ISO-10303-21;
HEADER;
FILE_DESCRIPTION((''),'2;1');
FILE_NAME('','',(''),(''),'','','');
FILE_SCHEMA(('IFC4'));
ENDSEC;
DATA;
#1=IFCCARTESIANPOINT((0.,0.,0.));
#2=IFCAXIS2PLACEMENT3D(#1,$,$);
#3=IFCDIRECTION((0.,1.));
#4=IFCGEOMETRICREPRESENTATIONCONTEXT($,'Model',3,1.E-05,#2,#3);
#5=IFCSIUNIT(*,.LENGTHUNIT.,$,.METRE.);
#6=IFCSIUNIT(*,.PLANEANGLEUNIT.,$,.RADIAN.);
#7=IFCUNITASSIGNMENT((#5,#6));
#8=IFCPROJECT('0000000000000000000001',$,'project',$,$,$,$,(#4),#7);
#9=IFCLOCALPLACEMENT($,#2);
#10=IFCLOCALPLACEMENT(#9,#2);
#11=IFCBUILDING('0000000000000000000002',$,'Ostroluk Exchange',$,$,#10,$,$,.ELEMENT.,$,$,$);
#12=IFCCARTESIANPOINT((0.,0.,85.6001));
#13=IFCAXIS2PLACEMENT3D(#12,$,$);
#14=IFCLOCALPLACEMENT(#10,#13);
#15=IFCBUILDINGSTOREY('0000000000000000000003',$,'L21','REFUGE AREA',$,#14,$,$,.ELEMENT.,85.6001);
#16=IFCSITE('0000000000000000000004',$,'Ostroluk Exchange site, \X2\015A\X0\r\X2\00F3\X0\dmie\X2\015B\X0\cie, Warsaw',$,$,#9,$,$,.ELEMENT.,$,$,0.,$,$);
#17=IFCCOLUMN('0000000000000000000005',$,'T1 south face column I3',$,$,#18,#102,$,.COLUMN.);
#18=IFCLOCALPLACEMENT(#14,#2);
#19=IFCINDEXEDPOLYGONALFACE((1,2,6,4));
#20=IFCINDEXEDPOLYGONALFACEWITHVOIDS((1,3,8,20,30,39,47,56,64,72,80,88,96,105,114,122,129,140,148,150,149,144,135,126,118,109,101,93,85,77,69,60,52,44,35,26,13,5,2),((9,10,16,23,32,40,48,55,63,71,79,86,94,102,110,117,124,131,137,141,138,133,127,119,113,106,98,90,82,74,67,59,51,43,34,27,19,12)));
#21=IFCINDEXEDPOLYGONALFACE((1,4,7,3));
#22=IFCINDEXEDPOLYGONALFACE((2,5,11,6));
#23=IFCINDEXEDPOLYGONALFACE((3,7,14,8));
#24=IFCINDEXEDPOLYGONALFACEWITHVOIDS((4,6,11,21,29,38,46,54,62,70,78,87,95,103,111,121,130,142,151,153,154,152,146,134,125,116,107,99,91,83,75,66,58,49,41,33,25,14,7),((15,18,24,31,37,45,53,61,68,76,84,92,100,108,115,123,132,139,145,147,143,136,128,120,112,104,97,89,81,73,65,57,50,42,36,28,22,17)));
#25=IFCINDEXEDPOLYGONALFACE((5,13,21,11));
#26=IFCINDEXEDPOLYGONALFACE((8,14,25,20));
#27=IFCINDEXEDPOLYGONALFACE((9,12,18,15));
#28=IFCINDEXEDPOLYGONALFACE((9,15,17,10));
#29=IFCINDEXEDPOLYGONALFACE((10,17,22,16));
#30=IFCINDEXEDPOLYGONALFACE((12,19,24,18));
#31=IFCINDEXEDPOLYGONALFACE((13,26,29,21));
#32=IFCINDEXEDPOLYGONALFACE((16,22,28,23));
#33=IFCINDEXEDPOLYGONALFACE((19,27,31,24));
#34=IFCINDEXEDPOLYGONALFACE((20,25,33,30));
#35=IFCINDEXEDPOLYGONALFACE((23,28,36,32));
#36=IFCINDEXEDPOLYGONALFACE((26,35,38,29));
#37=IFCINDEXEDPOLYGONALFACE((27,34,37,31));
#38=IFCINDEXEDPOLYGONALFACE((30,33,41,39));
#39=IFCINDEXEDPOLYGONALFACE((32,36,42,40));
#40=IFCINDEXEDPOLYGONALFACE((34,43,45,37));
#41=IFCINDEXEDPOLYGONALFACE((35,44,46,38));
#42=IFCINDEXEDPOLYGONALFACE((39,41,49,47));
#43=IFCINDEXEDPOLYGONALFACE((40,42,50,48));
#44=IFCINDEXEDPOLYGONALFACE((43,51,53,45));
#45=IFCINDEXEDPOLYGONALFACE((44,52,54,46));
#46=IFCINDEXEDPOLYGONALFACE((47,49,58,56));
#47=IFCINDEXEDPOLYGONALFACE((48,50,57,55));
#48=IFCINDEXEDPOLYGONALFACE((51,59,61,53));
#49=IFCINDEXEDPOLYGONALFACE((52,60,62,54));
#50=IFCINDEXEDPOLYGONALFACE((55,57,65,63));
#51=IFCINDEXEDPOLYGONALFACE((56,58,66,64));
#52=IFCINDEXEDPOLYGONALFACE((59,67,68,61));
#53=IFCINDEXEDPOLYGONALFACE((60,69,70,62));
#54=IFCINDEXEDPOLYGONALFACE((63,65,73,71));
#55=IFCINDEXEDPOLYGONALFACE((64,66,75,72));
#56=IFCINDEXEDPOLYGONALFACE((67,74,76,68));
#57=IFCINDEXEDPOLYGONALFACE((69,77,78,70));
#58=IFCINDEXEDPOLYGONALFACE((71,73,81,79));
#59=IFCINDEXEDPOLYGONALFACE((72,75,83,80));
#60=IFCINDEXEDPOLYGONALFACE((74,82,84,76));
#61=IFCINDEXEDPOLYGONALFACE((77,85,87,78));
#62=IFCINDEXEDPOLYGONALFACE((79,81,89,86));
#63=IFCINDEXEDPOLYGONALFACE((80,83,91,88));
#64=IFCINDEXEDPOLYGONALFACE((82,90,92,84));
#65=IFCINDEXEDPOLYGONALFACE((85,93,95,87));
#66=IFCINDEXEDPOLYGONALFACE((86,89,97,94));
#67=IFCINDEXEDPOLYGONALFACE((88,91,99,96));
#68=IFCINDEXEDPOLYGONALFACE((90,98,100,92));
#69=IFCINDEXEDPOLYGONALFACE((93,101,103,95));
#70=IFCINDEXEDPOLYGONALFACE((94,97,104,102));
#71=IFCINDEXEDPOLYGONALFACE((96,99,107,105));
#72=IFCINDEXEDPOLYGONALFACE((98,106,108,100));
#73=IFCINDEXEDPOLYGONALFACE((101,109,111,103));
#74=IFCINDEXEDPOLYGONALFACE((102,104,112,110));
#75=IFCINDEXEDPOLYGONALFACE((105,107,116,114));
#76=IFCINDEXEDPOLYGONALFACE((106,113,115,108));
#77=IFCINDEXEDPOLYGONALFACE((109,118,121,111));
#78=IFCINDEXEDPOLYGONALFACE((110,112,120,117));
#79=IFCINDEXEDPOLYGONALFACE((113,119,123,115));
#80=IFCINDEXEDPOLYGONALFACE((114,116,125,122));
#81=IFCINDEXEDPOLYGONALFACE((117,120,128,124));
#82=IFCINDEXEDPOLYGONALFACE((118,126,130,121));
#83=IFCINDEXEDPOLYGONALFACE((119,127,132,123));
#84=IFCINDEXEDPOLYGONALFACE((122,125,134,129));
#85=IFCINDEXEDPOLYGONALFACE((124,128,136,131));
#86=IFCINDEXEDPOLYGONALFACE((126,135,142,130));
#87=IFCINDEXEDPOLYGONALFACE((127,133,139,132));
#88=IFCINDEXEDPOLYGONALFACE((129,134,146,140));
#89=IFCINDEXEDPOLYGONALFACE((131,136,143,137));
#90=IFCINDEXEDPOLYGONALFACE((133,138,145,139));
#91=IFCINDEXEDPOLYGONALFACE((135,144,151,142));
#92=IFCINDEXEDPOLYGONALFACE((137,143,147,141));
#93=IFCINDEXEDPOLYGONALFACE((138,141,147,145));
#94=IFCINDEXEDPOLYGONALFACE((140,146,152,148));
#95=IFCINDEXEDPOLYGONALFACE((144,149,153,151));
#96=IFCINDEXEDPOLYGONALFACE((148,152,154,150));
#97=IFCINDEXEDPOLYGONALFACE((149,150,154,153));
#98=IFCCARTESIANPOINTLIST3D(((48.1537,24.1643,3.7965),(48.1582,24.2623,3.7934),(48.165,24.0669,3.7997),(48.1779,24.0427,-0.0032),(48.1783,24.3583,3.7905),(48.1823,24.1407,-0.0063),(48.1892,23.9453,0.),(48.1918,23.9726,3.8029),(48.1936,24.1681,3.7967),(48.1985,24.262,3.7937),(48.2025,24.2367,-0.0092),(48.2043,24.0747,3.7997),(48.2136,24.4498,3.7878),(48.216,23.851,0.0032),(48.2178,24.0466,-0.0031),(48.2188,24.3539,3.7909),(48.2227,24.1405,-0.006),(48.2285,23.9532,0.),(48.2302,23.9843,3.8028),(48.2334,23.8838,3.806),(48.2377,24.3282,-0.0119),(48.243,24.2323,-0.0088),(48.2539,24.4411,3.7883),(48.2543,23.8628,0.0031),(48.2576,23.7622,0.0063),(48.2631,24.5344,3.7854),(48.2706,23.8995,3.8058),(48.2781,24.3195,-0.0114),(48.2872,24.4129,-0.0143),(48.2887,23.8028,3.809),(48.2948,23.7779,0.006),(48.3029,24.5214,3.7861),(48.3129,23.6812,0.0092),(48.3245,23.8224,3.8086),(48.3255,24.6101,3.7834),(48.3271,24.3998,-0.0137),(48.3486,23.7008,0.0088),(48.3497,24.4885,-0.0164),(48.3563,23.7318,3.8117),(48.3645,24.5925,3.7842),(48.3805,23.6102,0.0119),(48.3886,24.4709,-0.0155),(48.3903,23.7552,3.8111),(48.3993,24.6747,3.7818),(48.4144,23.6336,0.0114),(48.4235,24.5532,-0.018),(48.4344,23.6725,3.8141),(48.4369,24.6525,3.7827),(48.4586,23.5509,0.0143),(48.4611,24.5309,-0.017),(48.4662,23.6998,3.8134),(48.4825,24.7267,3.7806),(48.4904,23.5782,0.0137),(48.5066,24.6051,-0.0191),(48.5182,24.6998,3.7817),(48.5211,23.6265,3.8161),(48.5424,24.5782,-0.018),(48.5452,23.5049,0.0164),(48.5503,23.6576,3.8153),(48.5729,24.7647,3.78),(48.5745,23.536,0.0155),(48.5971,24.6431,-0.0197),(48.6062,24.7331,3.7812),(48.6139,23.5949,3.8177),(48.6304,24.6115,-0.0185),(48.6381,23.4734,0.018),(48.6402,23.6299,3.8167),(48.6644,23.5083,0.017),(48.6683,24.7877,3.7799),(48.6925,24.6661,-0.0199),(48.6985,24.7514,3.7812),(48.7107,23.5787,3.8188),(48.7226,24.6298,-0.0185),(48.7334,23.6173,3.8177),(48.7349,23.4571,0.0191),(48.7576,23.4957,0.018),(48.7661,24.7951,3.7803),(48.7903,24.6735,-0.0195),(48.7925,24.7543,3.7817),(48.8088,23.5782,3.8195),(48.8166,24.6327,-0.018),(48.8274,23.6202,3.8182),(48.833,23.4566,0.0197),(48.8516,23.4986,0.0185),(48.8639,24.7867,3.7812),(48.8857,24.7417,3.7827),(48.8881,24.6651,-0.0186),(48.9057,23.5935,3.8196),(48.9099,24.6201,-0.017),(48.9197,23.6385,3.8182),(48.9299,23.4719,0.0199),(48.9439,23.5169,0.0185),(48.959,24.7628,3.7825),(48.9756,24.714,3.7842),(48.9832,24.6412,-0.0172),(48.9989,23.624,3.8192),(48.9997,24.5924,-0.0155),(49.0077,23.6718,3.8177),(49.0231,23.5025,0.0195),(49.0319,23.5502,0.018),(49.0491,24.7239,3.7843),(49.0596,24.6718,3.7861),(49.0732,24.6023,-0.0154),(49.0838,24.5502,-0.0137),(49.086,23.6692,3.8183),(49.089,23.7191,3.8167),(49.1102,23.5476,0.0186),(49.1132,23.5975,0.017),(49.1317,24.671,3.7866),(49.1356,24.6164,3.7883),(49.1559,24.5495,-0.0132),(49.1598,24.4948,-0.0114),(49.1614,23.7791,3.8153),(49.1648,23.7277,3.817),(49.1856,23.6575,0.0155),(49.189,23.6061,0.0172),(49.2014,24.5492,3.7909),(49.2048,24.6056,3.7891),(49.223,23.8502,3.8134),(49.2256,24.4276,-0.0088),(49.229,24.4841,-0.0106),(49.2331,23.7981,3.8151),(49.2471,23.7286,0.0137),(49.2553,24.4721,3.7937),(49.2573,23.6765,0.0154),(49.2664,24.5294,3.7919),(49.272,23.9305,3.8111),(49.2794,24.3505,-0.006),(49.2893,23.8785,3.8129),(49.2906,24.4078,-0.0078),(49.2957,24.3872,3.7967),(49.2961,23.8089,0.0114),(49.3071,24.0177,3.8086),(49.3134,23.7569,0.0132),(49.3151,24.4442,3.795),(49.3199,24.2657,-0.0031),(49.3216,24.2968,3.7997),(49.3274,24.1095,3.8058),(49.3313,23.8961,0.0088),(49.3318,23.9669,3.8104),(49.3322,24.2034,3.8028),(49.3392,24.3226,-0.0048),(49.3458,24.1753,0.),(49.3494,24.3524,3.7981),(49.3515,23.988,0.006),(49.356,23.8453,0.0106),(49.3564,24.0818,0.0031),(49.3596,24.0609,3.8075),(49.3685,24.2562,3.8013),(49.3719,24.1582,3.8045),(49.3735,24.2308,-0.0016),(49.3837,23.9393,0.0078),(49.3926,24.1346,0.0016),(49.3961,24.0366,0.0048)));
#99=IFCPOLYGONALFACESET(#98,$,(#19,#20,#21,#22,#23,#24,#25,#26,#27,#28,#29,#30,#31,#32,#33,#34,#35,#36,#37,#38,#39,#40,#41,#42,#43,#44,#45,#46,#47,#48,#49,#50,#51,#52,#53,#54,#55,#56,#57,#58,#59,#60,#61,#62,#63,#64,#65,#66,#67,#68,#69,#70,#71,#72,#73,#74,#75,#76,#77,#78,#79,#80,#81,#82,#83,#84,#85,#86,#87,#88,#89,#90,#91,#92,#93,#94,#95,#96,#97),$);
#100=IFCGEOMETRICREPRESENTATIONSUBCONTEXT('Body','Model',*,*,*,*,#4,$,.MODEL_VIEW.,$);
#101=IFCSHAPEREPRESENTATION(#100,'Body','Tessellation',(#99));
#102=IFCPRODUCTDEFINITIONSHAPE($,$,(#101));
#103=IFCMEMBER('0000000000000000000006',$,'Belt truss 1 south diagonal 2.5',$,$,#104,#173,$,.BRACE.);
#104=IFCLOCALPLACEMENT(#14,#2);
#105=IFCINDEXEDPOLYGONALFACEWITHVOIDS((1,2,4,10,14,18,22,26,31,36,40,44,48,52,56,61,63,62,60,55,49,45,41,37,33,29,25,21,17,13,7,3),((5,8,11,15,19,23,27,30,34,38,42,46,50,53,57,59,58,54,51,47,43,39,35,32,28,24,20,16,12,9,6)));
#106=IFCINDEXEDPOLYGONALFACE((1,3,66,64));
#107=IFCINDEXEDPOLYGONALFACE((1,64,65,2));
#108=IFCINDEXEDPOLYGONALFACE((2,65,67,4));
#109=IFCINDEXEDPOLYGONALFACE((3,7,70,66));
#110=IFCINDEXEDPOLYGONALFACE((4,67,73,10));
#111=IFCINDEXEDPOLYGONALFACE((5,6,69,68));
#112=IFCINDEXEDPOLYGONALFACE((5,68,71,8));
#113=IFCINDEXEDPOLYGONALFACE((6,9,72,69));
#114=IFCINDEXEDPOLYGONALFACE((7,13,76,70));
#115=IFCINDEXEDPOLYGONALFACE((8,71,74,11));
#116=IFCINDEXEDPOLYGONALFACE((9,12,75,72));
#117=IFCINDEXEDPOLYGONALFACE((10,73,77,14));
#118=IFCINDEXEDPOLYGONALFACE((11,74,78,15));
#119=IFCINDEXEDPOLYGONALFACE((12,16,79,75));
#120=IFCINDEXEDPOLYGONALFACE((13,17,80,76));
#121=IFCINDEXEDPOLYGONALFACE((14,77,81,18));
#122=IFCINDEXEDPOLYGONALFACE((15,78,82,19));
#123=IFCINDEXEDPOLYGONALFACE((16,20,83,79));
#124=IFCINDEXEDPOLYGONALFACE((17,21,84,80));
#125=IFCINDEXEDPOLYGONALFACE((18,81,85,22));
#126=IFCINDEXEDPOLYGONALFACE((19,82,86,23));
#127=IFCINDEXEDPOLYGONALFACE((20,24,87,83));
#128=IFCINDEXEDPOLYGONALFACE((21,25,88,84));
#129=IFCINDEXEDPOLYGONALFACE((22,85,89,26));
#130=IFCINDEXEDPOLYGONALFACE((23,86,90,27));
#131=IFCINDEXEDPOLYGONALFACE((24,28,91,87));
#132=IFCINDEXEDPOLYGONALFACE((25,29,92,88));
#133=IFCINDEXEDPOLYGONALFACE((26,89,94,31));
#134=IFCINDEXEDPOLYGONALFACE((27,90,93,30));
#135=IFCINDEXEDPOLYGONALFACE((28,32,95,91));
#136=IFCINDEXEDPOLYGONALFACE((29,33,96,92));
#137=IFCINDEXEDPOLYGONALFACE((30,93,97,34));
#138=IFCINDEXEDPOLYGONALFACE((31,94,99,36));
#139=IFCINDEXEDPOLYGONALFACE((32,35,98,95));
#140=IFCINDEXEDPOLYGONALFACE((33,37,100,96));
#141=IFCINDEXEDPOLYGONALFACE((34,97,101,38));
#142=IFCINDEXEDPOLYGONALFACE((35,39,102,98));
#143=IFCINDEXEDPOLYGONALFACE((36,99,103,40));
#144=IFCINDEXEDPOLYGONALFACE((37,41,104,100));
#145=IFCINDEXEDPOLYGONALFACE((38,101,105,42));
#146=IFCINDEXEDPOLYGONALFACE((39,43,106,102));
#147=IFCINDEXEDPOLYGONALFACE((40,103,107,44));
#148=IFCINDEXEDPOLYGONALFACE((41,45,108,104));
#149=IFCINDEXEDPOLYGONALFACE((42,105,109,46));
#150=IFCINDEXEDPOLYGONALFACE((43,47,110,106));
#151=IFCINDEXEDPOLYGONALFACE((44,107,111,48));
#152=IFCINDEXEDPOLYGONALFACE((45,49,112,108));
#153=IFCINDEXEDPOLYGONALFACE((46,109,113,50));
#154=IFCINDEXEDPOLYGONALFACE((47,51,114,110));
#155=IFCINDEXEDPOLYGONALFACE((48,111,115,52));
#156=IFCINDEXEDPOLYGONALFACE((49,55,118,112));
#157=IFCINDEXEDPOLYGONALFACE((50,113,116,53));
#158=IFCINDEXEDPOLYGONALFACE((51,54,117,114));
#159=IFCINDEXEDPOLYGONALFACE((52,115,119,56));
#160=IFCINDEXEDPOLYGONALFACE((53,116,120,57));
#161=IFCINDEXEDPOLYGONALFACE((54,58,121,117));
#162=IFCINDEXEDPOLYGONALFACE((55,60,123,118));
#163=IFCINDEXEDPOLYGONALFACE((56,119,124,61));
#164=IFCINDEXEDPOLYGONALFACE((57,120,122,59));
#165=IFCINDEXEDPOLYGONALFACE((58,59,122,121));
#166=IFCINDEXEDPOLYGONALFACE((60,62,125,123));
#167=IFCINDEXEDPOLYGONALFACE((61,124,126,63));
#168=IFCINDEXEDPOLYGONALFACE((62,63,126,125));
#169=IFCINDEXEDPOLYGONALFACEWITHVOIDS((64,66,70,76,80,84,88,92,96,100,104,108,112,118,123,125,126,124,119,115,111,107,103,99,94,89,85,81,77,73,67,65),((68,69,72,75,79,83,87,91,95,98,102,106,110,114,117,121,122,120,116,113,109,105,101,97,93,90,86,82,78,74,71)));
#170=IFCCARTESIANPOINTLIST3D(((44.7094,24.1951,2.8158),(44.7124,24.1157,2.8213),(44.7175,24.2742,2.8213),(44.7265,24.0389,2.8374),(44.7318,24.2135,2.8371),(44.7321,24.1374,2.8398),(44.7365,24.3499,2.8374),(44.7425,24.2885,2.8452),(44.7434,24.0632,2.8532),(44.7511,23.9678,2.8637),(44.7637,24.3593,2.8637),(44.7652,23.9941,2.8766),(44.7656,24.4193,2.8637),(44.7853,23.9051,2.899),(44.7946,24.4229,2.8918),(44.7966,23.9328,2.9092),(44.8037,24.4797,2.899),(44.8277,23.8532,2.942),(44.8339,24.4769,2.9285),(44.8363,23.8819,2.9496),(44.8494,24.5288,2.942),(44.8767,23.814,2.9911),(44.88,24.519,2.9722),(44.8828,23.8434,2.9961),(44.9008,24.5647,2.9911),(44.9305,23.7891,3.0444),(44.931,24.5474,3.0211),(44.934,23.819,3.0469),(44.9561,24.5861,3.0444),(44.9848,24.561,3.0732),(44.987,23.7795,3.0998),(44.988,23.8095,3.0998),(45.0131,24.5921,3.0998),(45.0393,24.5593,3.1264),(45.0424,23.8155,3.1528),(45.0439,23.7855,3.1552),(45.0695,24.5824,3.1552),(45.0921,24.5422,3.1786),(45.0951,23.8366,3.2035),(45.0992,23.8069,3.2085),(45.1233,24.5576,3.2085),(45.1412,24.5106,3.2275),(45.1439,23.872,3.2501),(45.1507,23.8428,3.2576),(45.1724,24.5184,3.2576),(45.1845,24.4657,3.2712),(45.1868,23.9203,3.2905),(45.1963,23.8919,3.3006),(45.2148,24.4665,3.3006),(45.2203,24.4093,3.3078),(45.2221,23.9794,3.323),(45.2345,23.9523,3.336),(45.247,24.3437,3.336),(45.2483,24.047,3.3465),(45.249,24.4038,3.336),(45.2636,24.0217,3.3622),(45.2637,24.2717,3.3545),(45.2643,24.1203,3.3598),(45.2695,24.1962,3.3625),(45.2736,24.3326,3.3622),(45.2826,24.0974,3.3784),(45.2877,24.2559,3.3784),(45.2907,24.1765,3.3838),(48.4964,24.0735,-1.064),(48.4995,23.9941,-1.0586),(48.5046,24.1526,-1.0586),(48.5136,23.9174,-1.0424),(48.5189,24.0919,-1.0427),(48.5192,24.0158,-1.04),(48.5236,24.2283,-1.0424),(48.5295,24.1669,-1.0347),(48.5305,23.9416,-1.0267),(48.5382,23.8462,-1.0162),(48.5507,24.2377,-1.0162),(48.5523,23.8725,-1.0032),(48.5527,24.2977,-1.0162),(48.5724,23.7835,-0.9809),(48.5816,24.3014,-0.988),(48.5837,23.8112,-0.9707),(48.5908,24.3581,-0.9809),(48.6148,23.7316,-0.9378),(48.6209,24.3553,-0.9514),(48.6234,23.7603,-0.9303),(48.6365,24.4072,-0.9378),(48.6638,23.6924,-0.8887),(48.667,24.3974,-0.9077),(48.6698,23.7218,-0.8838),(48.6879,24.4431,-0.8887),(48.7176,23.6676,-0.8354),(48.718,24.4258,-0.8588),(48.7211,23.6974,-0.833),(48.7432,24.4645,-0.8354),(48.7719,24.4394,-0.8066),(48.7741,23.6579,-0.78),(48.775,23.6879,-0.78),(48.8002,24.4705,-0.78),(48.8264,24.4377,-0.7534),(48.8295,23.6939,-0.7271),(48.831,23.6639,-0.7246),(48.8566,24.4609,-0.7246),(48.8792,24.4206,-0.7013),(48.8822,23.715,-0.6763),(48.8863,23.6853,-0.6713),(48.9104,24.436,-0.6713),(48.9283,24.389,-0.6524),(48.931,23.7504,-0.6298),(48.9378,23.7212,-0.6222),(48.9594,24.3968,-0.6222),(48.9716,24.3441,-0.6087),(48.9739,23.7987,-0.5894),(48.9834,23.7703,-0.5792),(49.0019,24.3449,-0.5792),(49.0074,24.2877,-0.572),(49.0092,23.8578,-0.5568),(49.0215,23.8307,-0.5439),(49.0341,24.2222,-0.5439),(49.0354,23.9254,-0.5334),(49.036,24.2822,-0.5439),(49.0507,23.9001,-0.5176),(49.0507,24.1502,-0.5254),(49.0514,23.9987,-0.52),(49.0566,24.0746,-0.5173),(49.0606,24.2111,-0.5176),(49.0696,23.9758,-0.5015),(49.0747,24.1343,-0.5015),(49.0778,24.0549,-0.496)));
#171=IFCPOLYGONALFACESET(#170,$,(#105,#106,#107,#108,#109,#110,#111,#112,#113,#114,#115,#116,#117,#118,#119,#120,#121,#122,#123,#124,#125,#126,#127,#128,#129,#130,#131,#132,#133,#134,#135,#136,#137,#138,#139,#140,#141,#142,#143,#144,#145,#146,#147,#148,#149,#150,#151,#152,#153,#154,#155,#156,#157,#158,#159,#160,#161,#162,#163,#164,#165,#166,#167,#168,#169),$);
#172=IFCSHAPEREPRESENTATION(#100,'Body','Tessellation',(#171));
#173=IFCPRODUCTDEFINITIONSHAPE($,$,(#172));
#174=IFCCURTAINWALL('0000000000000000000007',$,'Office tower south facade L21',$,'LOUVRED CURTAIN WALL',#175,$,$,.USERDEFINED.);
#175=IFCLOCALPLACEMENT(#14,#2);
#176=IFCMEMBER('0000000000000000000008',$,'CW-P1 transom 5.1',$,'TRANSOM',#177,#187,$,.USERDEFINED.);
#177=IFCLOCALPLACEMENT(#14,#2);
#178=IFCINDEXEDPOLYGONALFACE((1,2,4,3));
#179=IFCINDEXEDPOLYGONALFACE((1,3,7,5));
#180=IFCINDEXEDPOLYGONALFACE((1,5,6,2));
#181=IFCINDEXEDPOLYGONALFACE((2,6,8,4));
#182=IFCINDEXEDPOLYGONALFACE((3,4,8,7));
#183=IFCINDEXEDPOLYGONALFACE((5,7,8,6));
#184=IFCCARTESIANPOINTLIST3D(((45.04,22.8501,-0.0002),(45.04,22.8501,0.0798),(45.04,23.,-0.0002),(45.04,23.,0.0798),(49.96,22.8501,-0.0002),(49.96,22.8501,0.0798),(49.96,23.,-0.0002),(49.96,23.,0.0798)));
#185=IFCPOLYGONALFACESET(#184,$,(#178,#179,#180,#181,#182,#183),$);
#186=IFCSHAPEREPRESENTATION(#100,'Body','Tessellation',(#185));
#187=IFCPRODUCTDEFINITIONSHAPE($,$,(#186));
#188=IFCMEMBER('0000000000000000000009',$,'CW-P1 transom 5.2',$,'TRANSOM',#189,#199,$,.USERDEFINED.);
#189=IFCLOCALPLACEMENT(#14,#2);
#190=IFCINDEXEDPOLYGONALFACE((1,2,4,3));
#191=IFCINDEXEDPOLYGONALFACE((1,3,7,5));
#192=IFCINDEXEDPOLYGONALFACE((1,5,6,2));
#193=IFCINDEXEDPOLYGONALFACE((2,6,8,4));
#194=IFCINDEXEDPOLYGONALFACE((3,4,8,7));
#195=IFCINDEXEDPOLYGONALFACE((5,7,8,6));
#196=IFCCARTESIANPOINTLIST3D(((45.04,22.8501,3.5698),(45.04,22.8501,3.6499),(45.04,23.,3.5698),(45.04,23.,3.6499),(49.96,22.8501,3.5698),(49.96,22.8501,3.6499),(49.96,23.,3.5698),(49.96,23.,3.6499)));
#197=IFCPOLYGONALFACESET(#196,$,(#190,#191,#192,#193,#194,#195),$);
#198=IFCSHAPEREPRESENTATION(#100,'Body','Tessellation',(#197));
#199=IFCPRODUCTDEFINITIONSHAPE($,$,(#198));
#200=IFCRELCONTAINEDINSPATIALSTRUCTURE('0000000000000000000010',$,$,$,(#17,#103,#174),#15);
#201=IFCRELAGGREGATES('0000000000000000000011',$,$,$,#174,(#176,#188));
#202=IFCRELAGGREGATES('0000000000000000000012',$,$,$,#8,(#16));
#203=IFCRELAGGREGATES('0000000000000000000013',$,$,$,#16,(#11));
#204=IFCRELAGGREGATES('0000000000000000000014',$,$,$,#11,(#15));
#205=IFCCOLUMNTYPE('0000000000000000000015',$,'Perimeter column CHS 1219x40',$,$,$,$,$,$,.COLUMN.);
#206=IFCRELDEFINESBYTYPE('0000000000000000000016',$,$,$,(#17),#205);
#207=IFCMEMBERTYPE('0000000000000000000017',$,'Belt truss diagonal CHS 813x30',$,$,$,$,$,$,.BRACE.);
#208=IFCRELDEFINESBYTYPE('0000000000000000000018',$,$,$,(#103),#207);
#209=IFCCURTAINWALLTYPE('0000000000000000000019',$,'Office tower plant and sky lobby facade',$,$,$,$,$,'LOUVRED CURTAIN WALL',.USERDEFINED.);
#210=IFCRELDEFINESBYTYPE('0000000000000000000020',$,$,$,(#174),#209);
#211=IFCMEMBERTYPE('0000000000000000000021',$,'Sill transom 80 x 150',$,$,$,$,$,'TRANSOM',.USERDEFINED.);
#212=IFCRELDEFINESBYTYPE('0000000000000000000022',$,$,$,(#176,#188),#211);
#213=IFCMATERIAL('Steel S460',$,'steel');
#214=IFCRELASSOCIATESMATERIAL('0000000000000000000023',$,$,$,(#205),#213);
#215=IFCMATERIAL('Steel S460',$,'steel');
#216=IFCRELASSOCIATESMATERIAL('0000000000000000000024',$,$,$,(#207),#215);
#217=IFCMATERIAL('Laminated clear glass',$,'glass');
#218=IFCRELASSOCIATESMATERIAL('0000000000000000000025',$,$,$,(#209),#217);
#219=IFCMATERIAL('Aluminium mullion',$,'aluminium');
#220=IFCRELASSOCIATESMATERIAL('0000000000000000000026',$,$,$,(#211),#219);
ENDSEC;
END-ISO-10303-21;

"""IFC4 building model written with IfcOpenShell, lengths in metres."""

from ifc_helpers import new_model, si_unit, direction, frame, origin, origin_2d, place, context, subcontext, project, spatial, rectangle, hollow_circle, extrude, material, material_profile, profile_set, type_object, element, aggregate, save


model = new_model("IFC4")

# Units and contexts
model_context = context("Model", 3, precision=1e-05, world=origin(), true_north=direction((0.0, 1.0)))
body_context = subcontext(model_context, "Body", "Model", "MODEL_VIEW")
ifc_project = project(units=[si_unit("LENGTHUNIT", "METRE"), si_unit("PLANEANGLEUNIT", "RADIAN")], contexts=[model_context])

# Site, building, storey
site_placement = place(None, origin())
site = spatial("IfcSite", under=ifc_project, at=site_placement, Name="Ostroluk Exchange site, Śródmieście, Warsaw", CompositionType="ELEMENT", RefElevation=0.0)
building_placement = place(site_placement, origin())
building = spatial("IfcBuilding", under=site, at=building_placement, Name="Ostroluk Exchange", CompositionType="ELEMENT")
storey_placement = place(building_placement, frame((0.0, 0.0, 85.6001)))
storey = spatial("IfcBuildingStorey", under=building, at=storey_placement, Name="L21", Description="REFUGE AREA", CompositionType="ELEMENT", Elevation=85.6001)

# Column
ifc_material_1 = material(Name="Steel S460", Category="steel")
ifc_material_profile_1 = material_profile(ifc_material_1, hollow_circle(Radius=0.6096, WallThickness=0.04, at=origin_2d()), Name="CHS 1219x40")
ifc_profile_set_1 = profile_set([ifc_material_profile_1], Name="Steel S460")
column_type = type_object("IfcColumnType", Name="Perimeter column CHS 1219x40", PredefinedType="COLUMN", material=ifc_profile_set_1)
column_placement = place(storey_placement, frame((48.7871, 24.0642, 0.0), z_axis=(-0.006357, 0.03198, 0.999468), x_axis=(-0.980807, -0.19498, 0.0)))
element("IfcColumn", 1, at=column_placement, inside=storey, type_object=column_type, Name="T1 south face column I3", PredefinedType="COLUMN", context=body_context, shape_type="SweptSolid", body=[
    extrude(hollow_circle(Radius=0.6096, WallThickness=0.04, at=origin_2d()), origin(), (0.0, 0.0, 1.0), 3.8018),
])

# Member
ifc_material_2 = material(Name="Steel S460", Category="steel")
ifc_material_profile_2 = material_profile(ifc_material_2, hollow_circle(Radius=0.4065, WallThickness=0.03, at=origin_2d()), Name="CHS 813x30")
ifc_profile_set_2 = profile_set([ifc_material_profile_2], Name="Steel S460")
member_type_1 = type_object("IfcMemberType", Name="Belt truss diagonal CHS 813x30", PredefinedType="BRACE", material=ifc_profile_set_2)
member_1_placement = place(storey_placement, frame((48.7871, 24.0642, -0.78), z_axis=(-0.698324, 0.022419, 0.715431), x_axis=(-0.032088, -0.999485, 0.0)))
element("IfcMember", 2, at=member_1_placement, inside=storey, type_object=member_type_1, Name="Belt truss 1 south diagonal 2.5", PredefinedType="BRACE", context=body_context, shape_type="SweptSolid", body=[
    extrude(hollow_circle(Radius=0.4065, WallThickness=0.03, at=origin_2d()), origin(), (0.0, 0.0, 1.0), 5.4231),
])

# Curtain wall, members
ifc_material_3 = material(Name="Laminated clear glass", Category="glass")
curtain_wall_type = type_object("IfcCurtainWallType", Name="Office tower plant and sky lobby facade", ElementType="LOUVRED CURTAIN WALL", PredefinedType="USERDEFINED", material=ifc_material_3)
curtain_wall_placement = place(storey_placement, origin())
curtain_wall = element("IfcCurtainWall", 3, at=curtain_wall_placement, inside=storey, type_object=curtain_wall_type, Name="Office tower south facade L21", ObjectType="LOUVRED CURTAIN WALL", PredefinedType="USERDEFINED")
ifc_material_4 = material(Name="Aluminium mullion", Category="aluminium")
ifc_material_profile_3 = material_profile(ifc_material_4, rectangle(XDim=0.1499, YDim=0.0801, at=origin_2d()), Name="Sill transom 80 x 150")
ifc_profile_set_3 = profile_set([ifc_material_profile_3], Name="Aluminium mullion")
member_type_2 = type_object("IfcMemberType", Name="Sill transom 80 x 150", ElementType="TRANSOM", PredefinedType="USERDEFINED", material=ifc_profile_set_3)
member_2_placement = place(storey_placement, frame((45.04, 22.925, 0.0398), z_axis=(1.0, 0.0, 0.0), x_axis=(0.0, 1.0, 0.0)))
member_2 = element("IfcMember", 4, at=member_2_placement, type_object=member_type_2, Name="CW-P1 transom 5.1", ObjectType="TRANSOM", PredefinedType="USERDEFINED", context=body_context, shape_type="SweptSolid", body=[
    extrude(rectangle(XDim=0.1499, YDim=0.0801, at=origin_2d()), origin(), (0.0, 0.0, 1.0), 4.9199),
])
member_3_placement = place(storey_placement, frame((45.04, 22.925, 3.6099), z_axis=(1.0, 0.0, 0.0), x_axis=(0.0, 1.0, 0.0)))
member_3 = element("IfcMember", 5, at=member_3_placement, type_object=member_type_2, Name="CW-P1 transom 5.2", ObjectType="TRANSOM", PredefinedType="USERDEFINED", context=body_context, shape_type="SweptSolid", body=[
    extrude(rectangle(XDim=0.1499, YDim=0.0801, at=origin_2d()), origin(), (0.0, 0.0, 1.0), 4.9199),
])
aggregate(curtain_wall, [member_2, member_3])

save(model, "model.ifc")
